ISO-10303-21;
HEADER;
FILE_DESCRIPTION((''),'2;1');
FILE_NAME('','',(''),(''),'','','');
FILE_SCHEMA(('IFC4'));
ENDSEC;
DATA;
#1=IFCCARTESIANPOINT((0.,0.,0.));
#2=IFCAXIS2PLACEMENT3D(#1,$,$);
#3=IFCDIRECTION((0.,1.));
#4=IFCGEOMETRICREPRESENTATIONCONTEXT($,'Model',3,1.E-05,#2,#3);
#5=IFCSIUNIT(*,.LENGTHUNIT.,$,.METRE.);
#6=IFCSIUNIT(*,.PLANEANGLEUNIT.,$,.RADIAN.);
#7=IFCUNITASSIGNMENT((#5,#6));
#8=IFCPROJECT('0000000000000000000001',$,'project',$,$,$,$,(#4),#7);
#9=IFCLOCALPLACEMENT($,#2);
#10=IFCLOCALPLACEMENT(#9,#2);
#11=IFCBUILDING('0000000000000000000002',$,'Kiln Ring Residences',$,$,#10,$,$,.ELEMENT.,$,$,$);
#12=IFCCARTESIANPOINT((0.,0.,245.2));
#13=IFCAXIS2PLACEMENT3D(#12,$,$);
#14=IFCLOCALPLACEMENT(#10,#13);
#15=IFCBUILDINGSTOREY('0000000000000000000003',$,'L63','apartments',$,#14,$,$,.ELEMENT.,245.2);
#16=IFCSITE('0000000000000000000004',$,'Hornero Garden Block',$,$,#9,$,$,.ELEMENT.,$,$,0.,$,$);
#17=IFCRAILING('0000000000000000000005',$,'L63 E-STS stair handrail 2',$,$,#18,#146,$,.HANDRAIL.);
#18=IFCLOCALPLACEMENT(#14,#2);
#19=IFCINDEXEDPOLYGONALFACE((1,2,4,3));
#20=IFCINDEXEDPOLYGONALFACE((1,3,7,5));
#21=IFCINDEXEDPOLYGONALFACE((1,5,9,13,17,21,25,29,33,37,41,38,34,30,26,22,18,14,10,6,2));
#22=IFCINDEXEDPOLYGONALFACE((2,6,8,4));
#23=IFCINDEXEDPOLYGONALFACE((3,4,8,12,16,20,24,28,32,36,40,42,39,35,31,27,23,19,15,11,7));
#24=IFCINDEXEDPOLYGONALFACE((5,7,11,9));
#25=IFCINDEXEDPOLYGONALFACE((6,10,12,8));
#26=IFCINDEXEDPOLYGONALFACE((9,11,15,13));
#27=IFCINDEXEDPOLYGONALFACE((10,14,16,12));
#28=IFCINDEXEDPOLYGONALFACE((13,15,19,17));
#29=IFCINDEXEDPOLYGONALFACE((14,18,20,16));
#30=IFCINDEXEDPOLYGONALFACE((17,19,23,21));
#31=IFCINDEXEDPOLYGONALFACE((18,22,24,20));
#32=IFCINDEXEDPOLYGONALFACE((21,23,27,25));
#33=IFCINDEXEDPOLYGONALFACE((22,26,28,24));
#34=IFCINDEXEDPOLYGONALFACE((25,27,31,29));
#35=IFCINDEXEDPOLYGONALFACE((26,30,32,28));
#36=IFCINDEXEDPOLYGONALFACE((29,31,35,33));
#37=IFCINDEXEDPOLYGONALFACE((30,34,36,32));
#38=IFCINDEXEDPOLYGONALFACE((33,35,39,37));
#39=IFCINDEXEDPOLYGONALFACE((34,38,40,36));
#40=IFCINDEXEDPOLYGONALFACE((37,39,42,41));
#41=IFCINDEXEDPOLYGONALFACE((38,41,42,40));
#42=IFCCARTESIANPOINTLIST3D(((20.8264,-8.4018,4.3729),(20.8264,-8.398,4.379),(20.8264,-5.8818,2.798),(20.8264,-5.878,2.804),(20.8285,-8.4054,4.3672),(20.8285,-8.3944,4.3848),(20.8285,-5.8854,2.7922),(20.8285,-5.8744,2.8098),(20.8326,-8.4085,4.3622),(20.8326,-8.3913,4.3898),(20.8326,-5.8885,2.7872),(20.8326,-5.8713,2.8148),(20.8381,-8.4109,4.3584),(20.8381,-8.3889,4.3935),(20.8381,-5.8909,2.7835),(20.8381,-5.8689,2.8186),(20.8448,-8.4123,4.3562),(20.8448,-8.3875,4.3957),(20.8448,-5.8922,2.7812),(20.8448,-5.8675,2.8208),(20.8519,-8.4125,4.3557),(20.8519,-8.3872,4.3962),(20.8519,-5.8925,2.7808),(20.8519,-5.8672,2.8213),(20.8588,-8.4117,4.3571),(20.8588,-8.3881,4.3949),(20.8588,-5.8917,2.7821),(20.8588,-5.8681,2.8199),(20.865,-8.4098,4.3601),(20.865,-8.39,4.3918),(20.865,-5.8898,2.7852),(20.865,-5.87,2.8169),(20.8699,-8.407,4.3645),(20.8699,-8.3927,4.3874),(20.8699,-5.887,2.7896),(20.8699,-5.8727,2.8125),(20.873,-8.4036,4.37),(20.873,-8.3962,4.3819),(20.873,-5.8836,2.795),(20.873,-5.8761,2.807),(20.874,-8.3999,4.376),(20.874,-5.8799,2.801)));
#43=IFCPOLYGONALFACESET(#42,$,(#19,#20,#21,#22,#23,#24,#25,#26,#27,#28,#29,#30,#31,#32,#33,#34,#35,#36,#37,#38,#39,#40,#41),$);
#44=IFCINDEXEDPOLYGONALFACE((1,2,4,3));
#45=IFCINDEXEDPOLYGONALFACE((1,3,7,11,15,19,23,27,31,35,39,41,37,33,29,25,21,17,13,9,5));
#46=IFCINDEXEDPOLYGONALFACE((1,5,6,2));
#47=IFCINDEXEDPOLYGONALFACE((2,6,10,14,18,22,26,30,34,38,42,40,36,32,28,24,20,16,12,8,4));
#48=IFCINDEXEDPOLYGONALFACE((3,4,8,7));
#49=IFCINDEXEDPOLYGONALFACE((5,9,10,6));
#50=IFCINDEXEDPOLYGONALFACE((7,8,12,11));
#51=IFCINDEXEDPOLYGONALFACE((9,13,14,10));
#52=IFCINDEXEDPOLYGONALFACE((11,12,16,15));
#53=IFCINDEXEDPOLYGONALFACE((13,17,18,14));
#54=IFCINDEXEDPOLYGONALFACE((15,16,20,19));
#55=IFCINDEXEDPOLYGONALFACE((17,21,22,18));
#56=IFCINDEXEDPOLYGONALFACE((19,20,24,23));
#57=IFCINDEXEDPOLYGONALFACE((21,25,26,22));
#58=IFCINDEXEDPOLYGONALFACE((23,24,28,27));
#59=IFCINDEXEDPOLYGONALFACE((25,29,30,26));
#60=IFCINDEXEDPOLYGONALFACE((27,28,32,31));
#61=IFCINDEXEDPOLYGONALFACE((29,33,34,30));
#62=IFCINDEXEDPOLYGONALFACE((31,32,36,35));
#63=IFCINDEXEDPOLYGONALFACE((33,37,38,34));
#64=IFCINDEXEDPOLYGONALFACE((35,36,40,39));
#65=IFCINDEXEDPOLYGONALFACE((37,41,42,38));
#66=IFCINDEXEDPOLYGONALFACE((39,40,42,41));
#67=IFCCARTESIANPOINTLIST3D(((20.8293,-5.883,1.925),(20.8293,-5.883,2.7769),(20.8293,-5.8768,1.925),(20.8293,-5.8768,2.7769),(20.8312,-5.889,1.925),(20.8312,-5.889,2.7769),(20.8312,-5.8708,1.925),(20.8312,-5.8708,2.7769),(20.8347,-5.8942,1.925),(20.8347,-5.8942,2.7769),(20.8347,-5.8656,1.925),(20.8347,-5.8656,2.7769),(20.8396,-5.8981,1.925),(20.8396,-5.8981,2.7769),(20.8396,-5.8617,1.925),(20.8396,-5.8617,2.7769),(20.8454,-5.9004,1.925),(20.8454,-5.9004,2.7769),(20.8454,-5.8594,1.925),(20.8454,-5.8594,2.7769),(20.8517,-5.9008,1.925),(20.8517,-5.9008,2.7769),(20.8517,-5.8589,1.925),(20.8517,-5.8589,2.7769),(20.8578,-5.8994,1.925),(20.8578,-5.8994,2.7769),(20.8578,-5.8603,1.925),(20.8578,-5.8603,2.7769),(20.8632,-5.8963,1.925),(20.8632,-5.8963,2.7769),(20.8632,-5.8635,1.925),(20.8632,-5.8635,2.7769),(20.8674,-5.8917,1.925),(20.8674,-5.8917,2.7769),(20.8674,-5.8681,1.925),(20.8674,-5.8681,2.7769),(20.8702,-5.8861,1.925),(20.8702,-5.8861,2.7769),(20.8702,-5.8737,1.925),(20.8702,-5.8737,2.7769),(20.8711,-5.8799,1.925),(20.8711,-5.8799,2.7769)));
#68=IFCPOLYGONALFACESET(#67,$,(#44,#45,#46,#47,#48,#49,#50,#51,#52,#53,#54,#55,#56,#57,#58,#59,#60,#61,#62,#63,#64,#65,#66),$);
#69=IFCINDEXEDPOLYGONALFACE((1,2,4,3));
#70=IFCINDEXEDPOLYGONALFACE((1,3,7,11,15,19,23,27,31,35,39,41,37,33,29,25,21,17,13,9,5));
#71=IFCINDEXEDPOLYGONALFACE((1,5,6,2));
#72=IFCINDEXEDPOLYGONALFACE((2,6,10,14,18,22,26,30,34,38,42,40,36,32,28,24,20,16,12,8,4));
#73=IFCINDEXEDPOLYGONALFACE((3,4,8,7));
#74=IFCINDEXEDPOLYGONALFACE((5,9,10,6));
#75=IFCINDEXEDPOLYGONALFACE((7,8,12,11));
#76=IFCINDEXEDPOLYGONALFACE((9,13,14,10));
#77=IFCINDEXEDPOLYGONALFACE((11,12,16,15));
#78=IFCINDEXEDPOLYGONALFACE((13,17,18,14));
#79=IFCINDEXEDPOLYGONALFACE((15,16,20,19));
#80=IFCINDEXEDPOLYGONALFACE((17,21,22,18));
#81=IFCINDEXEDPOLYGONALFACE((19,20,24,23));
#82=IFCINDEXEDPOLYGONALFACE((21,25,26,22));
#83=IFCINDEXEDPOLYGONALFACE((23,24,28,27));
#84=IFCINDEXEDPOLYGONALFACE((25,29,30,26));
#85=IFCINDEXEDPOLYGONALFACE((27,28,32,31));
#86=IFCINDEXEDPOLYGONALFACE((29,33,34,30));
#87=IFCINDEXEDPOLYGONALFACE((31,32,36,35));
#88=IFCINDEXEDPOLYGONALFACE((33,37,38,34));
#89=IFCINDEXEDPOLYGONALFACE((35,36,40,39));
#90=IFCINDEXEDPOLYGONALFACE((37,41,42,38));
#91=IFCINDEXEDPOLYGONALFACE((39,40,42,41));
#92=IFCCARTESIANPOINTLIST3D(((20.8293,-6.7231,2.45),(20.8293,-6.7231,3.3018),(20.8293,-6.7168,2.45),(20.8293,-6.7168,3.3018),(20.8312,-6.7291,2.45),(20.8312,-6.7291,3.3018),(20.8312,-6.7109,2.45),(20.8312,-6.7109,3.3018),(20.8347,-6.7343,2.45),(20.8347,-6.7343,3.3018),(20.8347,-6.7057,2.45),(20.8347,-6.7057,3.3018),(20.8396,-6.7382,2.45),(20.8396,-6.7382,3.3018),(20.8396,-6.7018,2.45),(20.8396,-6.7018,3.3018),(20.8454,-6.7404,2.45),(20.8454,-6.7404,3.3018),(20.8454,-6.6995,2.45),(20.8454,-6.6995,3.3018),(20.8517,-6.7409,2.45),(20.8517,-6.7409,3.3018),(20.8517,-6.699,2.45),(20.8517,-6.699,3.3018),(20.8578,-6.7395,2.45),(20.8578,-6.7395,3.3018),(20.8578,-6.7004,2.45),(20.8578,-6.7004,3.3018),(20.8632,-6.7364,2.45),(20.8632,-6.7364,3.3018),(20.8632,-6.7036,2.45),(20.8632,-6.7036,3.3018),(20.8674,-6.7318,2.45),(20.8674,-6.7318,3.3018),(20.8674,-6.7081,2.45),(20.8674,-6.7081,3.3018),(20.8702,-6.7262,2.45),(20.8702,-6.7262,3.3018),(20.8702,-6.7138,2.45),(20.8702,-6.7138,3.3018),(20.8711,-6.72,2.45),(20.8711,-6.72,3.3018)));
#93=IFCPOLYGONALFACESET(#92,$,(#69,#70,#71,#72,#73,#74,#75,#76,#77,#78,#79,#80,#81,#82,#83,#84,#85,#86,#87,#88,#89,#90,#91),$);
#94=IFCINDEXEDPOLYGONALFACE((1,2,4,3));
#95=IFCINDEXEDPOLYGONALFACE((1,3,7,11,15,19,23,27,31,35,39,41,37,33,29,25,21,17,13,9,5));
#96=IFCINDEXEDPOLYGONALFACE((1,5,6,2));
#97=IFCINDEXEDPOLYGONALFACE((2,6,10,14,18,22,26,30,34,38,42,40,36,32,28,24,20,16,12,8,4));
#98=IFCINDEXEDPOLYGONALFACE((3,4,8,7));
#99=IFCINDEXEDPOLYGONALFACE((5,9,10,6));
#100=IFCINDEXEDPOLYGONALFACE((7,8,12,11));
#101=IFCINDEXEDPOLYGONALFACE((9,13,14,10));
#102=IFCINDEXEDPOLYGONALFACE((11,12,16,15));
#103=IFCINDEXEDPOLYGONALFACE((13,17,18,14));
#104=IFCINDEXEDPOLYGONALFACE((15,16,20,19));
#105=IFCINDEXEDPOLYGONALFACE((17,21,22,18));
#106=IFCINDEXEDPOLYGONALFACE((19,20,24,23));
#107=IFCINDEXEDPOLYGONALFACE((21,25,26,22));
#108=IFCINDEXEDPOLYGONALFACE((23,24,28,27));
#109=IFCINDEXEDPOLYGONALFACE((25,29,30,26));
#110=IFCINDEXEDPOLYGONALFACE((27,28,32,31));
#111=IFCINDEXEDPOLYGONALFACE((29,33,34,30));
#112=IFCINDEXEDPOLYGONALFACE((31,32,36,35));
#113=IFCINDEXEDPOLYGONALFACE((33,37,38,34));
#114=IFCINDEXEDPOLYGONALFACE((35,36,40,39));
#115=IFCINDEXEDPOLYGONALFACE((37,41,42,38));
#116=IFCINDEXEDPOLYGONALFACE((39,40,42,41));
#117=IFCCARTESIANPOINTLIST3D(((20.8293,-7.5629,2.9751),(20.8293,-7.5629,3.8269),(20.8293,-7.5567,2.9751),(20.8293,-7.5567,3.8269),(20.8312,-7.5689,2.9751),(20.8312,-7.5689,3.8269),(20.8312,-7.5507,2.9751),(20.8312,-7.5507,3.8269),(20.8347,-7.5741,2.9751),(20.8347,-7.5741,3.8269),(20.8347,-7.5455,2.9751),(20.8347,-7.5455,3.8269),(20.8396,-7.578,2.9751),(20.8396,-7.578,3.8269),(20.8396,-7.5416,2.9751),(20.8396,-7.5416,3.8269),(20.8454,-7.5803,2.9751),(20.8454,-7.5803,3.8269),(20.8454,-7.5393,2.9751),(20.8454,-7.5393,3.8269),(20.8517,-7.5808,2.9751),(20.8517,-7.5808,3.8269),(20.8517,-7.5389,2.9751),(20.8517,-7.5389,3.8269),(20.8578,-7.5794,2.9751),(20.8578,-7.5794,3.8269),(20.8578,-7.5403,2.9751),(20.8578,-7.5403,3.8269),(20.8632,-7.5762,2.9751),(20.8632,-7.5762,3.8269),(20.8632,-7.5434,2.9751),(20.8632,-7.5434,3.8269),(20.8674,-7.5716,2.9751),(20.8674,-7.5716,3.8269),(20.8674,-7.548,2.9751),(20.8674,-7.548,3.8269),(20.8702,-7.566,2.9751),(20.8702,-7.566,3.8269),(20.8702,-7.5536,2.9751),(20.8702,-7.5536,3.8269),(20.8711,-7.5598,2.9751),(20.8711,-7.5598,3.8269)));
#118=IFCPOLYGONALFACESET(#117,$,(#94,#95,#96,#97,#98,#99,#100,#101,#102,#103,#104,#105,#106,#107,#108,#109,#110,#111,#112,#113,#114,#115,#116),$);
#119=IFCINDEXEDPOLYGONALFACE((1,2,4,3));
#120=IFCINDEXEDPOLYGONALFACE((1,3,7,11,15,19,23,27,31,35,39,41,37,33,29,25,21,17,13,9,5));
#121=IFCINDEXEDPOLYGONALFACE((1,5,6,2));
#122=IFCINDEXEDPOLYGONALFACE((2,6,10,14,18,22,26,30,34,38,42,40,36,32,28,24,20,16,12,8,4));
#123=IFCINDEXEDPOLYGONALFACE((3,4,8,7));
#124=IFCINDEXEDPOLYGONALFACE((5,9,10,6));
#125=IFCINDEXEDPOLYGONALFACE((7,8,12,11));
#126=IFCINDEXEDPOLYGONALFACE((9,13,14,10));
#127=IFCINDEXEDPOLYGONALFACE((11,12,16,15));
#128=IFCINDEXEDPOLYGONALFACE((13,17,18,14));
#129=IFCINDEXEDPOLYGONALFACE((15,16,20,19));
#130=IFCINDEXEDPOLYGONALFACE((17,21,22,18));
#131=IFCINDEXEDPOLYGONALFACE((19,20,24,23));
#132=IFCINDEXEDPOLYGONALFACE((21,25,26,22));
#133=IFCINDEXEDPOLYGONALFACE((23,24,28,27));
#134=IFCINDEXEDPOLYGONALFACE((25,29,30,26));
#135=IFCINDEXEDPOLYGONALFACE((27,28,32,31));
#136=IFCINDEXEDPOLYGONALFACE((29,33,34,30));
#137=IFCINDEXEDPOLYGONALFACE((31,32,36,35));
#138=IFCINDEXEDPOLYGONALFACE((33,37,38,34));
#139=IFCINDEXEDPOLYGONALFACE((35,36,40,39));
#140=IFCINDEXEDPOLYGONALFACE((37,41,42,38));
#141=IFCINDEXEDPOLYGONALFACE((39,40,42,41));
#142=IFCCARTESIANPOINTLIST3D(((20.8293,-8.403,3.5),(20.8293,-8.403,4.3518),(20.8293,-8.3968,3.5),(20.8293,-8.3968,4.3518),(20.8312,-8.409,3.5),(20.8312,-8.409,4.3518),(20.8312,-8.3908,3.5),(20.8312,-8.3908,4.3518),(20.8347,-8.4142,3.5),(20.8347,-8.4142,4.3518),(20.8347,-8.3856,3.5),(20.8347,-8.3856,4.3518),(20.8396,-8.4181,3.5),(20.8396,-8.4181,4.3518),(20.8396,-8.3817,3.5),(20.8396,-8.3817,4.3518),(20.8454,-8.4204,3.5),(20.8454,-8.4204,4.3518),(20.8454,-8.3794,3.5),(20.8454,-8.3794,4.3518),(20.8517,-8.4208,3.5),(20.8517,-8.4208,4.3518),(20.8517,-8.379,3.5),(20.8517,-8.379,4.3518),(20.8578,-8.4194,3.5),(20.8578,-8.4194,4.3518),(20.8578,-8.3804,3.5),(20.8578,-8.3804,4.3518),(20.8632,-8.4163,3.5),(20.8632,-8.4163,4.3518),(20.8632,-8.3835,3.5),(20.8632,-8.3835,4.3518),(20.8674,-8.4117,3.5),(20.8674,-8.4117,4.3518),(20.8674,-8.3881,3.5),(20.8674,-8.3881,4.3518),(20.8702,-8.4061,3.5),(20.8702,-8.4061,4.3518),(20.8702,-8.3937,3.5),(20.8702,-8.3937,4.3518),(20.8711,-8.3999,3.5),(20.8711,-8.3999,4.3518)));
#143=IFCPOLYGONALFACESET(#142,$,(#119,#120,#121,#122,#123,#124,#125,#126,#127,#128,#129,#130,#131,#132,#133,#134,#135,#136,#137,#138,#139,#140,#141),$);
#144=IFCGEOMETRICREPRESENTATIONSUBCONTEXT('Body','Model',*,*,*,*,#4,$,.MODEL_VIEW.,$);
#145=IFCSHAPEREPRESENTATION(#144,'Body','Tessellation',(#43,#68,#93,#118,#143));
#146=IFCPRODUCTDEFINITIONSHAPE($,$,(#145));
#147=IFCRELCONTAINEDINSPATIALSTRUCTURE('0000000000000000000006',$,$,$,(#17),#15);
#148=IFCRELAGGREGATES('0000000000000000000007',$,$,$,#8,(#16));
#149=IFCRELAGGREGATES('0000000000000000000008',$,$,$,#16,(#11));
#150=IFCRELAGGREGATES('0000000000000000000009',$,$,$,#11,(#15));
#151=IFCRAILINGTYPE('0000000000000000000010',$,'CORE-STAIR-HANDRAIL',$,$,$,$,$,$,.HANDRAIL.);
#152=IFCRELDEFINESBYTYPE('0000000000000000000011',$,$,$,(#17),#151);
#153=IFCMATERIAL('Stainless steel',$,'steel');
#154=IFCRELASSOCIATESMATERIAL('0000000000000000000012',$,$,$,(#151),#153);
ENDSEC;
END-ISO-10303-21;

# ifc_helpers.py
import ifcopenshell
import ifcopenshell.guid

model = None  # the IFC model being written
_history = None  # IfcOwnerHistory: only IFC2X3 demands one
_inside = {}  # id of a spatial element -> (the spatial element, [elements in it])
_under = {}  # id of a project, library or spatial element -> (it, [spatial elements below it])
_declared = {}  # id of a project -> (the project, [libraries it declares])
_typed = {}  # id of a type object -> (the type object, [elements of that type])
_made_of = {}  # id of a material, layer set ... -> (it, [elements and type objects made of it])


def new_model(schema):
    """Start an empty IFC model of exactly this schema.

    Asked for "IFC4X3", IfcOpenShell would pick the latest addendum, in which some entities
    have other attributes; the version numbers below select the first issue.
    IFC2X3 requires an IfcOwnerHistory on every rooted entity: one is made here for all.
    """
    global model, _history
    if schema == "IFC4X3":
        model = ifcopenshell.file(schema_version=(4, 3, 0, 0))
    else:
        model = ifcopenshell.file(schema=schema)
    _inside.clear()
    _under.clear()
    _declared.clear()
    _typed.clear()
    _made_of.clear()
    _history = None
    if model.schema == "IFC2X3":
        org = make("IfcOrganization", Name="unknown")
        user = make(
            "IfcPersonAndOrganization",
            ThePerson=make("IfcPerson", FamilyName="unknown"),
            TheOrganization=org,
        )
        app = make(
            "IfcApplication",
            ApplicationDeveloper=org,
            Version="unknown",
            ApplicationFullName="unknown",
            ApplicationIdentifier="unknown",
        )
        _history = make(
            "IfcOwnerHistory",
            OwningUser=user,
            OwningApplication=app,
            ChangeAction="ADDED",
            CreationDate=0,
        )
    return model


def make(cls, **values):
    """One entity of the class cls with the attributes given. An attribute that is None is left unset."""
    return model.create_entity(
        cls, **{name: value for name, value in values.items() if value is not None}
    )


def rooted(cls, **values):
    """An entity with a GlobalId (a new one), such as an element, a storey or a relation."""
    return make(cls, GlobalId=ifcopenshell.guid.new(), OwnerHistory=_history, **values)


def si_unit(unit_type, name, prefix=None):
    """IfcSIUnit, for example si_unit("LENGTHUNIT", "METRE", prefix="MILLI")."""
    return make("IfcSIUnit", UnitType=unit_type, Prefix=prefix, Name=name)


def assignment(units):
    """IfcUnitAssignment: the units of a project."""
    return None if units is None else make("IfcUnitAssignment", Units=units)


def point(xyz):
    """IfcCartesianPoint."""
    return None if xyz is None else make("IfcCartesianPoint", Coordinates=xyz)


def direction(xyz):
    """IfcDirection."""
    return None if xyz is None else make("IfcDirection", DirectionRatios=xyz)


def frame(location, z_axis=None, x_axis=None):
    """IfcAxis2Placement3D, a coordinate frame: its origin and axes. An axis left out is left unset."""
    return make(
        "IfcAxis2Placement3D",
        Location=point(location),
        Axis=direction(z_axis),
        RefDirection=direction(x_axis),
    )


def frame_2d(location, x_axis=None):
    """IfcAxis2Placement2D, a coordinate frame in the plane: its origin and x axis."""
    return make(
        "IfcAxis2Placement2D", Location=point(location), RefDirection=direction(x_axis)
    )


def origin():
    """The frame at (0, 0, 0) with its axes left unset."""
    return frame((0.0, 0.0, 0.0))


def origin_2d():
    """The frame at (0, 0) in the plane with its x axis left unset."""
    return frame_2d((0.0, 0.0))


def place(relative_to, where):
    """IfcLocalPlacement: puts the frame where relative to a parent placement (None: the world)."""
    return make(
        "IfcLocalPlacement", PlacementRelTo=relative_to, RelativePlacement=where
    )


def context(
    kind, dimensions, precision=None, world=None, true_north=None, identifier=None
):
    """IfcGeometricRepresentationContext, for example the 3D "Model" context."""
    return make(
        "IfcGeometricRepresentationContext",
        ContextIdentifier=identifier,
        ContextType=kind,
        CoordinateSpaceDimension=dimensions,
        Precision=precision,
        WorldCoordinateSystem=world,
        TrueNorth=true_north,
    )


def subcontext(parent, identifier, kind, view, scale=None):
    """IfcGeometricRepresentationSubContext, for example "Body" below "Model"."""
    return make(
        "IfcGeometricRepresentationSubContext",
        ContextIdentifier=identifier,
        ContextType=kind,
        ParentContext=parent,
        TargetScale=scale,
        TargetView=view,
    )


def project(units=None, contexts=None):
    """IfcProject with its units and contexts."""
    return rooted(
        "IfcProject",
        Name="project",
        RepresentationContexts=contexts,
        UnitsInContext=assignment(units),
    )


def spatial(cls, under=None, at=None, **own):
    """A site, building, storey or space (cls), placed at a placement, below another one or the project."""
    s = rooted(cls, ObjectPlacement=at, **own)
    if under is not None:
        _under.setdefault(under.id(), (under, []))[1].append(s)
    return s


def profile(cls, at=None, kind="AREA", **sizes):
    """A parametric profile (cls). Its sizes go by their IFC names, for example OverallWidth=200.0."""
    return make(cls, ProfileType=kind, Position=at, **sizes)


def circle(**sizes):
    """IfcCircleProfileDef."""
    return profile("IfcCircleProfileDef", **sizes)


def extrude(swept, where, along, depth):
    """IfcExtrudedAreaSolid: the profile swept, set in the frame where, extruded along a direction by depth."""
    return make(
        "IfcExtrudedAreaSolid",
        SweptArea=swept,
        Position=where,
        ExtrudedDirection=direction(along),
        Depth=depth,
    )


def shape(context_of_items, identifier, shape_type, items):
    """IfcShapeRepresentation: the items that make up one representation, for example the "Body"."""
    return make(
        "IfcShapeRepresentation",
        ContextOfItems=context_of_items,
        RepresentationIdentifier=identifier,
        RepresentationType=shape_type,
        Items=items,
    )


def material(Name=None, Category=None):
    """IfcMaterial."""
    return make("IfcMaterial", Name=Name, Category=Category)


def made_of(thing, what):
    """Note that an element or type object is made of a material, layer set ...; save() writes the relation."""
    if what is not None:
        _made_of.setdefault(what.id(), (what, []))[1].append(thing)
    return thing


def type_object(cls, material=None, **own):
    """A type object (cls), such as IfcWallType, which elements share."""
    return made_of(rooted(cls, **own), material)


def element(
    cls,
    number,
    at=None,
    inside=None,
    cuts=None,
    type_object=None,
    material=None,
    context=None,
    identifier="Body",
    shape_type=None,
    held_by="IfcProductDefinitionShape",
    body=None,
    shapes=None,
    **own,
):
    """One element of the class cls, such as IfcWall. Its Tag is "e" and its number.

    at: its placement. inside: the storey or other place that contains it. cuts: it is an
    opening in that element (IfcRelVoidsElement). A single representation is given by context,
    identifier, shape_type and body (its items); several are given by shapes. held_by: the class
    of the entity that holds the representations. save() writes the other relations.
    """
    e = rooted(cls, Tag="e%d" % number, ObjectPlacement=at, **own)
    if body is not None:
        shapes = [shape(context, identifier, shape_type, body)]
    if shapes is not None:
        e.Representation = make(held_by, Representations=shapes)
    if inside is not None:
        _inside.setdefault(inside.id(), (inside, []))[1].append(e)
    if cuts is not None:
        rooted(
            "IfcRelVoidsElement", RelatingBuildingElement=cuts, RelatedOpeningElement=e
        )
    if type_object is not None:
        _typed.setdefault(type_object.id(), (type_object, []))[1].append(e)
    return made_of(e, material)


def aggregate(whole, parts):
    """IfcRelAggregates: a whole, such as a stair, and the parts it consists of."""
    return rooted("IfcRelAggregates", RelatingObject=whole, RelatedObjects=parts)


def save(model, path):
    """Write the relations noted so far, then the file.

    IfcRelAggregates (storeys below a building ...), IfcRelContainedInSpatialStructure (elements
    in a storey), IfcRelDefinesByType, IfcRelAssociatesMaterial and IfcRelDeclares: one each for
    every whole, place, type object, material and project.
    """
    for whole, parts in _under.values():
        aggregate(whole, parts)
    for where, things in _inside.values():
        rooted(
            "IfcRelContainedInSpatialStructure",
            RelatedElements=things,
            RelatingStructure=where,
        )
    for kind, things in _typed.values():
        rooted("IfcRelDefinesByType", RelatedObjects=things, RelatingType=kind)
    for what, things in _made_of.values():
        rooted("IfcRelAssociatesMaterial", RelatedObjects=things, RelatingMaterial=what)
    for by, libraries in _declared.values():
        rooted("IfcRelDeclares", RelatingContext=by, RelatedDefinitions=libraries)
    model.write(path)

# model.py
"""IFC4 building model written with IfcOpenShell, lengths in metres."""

from ifc_helpers import new_model, si_unit, direction, frame, origin, origin_2d, place, context, subcontext, project, spatial, circle, extrude, material, type_object, element, save


model = new_model("IFC4")

# Units and contexts
model_context = context("Model", 3, precision=1e-05, world=origin(), true_north=direction((0.0, 1.0)))
body_context = subcontext(model_context, "Body", "Model", "MODEL_VIEW")
ifc_project = project(units=[si_unit("LENGTHUNIT", "METRE"), si_unit("PLANEANGLEUNIT", "RADIAN")], contexts=[model_context])

# Site, building, storey
site_placement = place(None, origin())
site = spatial("IfcSite", under=ifc_project, at=site_placement, Name="Hornero Garden Block", CompositionType="ELEMENT", RefElevation=0.0)
building_placement = place(site_placement, origin())
building = spatial("IfcBuilding", under=site, at=building_placement, Name="Kiln Ring Residences", CompositionType="ELEMENT")
storey_placement = place(building_placement, frame((0.0, 0.0, 245.2)))
storey = spatial("IfcBuildingStorey", under=building, at=storey_placement, Name="L63", Description="apartments", CompositionType="ELEMENT", Elevation=245.2)

# Railing
ifc_material_1 = material(Name="Stainless steel", Category="steel")
railing_type_1 = type_object("IfcRailingType", Name="CORE-STAIR-HANDRAIL", PredefinedType="HANDRAIL", material=ifc_material_1)
railing_1_placement = place(storey_placement, frame((20.8501, -5.8799, 1.925)))
element("IfcRailing", 1, at=railing_1_placement, inside=storey, type_object=railing_type_1, Name="L63 E-STS stair handrail 2", PredefinedType="HANDRAIL", context=body_context, shape_type="SweptSolid", body=[
    extrude(circle(Radius=0.0239, at=origin_2d()), frame((0.0, 0.0, 0.876), z_axis=(0.0, -0.848008, 0.529984), x_axis=(1.0, 0.0, 0.0)), (0.0, 0.0, 1.0), 2.9717),
    extrude(circle(Radius=0.021, at=origin_2d()), origin(), (0.0, 0.0, 1.0), 0.8518),
    extrude(circle(Radius=0.021, at=origin_2d()), frame((0.0, -0.8401, 0.5249)), (0.0, 0.0, 1.0), 0.8518),
    extrude(circle(Radius=0.021, at=origin_2d()), frame((0.0, -1.6799, 1.05)), (0.0, 0.0, 1.0), 0.8518),
    extrude(circle(Radius=0.021, at=origin_2d()), frame((0.0, -2.52, 1.575)), (0.0, 0.0, 1.0), 0.8518),
])

save(model, "model.ifc")
